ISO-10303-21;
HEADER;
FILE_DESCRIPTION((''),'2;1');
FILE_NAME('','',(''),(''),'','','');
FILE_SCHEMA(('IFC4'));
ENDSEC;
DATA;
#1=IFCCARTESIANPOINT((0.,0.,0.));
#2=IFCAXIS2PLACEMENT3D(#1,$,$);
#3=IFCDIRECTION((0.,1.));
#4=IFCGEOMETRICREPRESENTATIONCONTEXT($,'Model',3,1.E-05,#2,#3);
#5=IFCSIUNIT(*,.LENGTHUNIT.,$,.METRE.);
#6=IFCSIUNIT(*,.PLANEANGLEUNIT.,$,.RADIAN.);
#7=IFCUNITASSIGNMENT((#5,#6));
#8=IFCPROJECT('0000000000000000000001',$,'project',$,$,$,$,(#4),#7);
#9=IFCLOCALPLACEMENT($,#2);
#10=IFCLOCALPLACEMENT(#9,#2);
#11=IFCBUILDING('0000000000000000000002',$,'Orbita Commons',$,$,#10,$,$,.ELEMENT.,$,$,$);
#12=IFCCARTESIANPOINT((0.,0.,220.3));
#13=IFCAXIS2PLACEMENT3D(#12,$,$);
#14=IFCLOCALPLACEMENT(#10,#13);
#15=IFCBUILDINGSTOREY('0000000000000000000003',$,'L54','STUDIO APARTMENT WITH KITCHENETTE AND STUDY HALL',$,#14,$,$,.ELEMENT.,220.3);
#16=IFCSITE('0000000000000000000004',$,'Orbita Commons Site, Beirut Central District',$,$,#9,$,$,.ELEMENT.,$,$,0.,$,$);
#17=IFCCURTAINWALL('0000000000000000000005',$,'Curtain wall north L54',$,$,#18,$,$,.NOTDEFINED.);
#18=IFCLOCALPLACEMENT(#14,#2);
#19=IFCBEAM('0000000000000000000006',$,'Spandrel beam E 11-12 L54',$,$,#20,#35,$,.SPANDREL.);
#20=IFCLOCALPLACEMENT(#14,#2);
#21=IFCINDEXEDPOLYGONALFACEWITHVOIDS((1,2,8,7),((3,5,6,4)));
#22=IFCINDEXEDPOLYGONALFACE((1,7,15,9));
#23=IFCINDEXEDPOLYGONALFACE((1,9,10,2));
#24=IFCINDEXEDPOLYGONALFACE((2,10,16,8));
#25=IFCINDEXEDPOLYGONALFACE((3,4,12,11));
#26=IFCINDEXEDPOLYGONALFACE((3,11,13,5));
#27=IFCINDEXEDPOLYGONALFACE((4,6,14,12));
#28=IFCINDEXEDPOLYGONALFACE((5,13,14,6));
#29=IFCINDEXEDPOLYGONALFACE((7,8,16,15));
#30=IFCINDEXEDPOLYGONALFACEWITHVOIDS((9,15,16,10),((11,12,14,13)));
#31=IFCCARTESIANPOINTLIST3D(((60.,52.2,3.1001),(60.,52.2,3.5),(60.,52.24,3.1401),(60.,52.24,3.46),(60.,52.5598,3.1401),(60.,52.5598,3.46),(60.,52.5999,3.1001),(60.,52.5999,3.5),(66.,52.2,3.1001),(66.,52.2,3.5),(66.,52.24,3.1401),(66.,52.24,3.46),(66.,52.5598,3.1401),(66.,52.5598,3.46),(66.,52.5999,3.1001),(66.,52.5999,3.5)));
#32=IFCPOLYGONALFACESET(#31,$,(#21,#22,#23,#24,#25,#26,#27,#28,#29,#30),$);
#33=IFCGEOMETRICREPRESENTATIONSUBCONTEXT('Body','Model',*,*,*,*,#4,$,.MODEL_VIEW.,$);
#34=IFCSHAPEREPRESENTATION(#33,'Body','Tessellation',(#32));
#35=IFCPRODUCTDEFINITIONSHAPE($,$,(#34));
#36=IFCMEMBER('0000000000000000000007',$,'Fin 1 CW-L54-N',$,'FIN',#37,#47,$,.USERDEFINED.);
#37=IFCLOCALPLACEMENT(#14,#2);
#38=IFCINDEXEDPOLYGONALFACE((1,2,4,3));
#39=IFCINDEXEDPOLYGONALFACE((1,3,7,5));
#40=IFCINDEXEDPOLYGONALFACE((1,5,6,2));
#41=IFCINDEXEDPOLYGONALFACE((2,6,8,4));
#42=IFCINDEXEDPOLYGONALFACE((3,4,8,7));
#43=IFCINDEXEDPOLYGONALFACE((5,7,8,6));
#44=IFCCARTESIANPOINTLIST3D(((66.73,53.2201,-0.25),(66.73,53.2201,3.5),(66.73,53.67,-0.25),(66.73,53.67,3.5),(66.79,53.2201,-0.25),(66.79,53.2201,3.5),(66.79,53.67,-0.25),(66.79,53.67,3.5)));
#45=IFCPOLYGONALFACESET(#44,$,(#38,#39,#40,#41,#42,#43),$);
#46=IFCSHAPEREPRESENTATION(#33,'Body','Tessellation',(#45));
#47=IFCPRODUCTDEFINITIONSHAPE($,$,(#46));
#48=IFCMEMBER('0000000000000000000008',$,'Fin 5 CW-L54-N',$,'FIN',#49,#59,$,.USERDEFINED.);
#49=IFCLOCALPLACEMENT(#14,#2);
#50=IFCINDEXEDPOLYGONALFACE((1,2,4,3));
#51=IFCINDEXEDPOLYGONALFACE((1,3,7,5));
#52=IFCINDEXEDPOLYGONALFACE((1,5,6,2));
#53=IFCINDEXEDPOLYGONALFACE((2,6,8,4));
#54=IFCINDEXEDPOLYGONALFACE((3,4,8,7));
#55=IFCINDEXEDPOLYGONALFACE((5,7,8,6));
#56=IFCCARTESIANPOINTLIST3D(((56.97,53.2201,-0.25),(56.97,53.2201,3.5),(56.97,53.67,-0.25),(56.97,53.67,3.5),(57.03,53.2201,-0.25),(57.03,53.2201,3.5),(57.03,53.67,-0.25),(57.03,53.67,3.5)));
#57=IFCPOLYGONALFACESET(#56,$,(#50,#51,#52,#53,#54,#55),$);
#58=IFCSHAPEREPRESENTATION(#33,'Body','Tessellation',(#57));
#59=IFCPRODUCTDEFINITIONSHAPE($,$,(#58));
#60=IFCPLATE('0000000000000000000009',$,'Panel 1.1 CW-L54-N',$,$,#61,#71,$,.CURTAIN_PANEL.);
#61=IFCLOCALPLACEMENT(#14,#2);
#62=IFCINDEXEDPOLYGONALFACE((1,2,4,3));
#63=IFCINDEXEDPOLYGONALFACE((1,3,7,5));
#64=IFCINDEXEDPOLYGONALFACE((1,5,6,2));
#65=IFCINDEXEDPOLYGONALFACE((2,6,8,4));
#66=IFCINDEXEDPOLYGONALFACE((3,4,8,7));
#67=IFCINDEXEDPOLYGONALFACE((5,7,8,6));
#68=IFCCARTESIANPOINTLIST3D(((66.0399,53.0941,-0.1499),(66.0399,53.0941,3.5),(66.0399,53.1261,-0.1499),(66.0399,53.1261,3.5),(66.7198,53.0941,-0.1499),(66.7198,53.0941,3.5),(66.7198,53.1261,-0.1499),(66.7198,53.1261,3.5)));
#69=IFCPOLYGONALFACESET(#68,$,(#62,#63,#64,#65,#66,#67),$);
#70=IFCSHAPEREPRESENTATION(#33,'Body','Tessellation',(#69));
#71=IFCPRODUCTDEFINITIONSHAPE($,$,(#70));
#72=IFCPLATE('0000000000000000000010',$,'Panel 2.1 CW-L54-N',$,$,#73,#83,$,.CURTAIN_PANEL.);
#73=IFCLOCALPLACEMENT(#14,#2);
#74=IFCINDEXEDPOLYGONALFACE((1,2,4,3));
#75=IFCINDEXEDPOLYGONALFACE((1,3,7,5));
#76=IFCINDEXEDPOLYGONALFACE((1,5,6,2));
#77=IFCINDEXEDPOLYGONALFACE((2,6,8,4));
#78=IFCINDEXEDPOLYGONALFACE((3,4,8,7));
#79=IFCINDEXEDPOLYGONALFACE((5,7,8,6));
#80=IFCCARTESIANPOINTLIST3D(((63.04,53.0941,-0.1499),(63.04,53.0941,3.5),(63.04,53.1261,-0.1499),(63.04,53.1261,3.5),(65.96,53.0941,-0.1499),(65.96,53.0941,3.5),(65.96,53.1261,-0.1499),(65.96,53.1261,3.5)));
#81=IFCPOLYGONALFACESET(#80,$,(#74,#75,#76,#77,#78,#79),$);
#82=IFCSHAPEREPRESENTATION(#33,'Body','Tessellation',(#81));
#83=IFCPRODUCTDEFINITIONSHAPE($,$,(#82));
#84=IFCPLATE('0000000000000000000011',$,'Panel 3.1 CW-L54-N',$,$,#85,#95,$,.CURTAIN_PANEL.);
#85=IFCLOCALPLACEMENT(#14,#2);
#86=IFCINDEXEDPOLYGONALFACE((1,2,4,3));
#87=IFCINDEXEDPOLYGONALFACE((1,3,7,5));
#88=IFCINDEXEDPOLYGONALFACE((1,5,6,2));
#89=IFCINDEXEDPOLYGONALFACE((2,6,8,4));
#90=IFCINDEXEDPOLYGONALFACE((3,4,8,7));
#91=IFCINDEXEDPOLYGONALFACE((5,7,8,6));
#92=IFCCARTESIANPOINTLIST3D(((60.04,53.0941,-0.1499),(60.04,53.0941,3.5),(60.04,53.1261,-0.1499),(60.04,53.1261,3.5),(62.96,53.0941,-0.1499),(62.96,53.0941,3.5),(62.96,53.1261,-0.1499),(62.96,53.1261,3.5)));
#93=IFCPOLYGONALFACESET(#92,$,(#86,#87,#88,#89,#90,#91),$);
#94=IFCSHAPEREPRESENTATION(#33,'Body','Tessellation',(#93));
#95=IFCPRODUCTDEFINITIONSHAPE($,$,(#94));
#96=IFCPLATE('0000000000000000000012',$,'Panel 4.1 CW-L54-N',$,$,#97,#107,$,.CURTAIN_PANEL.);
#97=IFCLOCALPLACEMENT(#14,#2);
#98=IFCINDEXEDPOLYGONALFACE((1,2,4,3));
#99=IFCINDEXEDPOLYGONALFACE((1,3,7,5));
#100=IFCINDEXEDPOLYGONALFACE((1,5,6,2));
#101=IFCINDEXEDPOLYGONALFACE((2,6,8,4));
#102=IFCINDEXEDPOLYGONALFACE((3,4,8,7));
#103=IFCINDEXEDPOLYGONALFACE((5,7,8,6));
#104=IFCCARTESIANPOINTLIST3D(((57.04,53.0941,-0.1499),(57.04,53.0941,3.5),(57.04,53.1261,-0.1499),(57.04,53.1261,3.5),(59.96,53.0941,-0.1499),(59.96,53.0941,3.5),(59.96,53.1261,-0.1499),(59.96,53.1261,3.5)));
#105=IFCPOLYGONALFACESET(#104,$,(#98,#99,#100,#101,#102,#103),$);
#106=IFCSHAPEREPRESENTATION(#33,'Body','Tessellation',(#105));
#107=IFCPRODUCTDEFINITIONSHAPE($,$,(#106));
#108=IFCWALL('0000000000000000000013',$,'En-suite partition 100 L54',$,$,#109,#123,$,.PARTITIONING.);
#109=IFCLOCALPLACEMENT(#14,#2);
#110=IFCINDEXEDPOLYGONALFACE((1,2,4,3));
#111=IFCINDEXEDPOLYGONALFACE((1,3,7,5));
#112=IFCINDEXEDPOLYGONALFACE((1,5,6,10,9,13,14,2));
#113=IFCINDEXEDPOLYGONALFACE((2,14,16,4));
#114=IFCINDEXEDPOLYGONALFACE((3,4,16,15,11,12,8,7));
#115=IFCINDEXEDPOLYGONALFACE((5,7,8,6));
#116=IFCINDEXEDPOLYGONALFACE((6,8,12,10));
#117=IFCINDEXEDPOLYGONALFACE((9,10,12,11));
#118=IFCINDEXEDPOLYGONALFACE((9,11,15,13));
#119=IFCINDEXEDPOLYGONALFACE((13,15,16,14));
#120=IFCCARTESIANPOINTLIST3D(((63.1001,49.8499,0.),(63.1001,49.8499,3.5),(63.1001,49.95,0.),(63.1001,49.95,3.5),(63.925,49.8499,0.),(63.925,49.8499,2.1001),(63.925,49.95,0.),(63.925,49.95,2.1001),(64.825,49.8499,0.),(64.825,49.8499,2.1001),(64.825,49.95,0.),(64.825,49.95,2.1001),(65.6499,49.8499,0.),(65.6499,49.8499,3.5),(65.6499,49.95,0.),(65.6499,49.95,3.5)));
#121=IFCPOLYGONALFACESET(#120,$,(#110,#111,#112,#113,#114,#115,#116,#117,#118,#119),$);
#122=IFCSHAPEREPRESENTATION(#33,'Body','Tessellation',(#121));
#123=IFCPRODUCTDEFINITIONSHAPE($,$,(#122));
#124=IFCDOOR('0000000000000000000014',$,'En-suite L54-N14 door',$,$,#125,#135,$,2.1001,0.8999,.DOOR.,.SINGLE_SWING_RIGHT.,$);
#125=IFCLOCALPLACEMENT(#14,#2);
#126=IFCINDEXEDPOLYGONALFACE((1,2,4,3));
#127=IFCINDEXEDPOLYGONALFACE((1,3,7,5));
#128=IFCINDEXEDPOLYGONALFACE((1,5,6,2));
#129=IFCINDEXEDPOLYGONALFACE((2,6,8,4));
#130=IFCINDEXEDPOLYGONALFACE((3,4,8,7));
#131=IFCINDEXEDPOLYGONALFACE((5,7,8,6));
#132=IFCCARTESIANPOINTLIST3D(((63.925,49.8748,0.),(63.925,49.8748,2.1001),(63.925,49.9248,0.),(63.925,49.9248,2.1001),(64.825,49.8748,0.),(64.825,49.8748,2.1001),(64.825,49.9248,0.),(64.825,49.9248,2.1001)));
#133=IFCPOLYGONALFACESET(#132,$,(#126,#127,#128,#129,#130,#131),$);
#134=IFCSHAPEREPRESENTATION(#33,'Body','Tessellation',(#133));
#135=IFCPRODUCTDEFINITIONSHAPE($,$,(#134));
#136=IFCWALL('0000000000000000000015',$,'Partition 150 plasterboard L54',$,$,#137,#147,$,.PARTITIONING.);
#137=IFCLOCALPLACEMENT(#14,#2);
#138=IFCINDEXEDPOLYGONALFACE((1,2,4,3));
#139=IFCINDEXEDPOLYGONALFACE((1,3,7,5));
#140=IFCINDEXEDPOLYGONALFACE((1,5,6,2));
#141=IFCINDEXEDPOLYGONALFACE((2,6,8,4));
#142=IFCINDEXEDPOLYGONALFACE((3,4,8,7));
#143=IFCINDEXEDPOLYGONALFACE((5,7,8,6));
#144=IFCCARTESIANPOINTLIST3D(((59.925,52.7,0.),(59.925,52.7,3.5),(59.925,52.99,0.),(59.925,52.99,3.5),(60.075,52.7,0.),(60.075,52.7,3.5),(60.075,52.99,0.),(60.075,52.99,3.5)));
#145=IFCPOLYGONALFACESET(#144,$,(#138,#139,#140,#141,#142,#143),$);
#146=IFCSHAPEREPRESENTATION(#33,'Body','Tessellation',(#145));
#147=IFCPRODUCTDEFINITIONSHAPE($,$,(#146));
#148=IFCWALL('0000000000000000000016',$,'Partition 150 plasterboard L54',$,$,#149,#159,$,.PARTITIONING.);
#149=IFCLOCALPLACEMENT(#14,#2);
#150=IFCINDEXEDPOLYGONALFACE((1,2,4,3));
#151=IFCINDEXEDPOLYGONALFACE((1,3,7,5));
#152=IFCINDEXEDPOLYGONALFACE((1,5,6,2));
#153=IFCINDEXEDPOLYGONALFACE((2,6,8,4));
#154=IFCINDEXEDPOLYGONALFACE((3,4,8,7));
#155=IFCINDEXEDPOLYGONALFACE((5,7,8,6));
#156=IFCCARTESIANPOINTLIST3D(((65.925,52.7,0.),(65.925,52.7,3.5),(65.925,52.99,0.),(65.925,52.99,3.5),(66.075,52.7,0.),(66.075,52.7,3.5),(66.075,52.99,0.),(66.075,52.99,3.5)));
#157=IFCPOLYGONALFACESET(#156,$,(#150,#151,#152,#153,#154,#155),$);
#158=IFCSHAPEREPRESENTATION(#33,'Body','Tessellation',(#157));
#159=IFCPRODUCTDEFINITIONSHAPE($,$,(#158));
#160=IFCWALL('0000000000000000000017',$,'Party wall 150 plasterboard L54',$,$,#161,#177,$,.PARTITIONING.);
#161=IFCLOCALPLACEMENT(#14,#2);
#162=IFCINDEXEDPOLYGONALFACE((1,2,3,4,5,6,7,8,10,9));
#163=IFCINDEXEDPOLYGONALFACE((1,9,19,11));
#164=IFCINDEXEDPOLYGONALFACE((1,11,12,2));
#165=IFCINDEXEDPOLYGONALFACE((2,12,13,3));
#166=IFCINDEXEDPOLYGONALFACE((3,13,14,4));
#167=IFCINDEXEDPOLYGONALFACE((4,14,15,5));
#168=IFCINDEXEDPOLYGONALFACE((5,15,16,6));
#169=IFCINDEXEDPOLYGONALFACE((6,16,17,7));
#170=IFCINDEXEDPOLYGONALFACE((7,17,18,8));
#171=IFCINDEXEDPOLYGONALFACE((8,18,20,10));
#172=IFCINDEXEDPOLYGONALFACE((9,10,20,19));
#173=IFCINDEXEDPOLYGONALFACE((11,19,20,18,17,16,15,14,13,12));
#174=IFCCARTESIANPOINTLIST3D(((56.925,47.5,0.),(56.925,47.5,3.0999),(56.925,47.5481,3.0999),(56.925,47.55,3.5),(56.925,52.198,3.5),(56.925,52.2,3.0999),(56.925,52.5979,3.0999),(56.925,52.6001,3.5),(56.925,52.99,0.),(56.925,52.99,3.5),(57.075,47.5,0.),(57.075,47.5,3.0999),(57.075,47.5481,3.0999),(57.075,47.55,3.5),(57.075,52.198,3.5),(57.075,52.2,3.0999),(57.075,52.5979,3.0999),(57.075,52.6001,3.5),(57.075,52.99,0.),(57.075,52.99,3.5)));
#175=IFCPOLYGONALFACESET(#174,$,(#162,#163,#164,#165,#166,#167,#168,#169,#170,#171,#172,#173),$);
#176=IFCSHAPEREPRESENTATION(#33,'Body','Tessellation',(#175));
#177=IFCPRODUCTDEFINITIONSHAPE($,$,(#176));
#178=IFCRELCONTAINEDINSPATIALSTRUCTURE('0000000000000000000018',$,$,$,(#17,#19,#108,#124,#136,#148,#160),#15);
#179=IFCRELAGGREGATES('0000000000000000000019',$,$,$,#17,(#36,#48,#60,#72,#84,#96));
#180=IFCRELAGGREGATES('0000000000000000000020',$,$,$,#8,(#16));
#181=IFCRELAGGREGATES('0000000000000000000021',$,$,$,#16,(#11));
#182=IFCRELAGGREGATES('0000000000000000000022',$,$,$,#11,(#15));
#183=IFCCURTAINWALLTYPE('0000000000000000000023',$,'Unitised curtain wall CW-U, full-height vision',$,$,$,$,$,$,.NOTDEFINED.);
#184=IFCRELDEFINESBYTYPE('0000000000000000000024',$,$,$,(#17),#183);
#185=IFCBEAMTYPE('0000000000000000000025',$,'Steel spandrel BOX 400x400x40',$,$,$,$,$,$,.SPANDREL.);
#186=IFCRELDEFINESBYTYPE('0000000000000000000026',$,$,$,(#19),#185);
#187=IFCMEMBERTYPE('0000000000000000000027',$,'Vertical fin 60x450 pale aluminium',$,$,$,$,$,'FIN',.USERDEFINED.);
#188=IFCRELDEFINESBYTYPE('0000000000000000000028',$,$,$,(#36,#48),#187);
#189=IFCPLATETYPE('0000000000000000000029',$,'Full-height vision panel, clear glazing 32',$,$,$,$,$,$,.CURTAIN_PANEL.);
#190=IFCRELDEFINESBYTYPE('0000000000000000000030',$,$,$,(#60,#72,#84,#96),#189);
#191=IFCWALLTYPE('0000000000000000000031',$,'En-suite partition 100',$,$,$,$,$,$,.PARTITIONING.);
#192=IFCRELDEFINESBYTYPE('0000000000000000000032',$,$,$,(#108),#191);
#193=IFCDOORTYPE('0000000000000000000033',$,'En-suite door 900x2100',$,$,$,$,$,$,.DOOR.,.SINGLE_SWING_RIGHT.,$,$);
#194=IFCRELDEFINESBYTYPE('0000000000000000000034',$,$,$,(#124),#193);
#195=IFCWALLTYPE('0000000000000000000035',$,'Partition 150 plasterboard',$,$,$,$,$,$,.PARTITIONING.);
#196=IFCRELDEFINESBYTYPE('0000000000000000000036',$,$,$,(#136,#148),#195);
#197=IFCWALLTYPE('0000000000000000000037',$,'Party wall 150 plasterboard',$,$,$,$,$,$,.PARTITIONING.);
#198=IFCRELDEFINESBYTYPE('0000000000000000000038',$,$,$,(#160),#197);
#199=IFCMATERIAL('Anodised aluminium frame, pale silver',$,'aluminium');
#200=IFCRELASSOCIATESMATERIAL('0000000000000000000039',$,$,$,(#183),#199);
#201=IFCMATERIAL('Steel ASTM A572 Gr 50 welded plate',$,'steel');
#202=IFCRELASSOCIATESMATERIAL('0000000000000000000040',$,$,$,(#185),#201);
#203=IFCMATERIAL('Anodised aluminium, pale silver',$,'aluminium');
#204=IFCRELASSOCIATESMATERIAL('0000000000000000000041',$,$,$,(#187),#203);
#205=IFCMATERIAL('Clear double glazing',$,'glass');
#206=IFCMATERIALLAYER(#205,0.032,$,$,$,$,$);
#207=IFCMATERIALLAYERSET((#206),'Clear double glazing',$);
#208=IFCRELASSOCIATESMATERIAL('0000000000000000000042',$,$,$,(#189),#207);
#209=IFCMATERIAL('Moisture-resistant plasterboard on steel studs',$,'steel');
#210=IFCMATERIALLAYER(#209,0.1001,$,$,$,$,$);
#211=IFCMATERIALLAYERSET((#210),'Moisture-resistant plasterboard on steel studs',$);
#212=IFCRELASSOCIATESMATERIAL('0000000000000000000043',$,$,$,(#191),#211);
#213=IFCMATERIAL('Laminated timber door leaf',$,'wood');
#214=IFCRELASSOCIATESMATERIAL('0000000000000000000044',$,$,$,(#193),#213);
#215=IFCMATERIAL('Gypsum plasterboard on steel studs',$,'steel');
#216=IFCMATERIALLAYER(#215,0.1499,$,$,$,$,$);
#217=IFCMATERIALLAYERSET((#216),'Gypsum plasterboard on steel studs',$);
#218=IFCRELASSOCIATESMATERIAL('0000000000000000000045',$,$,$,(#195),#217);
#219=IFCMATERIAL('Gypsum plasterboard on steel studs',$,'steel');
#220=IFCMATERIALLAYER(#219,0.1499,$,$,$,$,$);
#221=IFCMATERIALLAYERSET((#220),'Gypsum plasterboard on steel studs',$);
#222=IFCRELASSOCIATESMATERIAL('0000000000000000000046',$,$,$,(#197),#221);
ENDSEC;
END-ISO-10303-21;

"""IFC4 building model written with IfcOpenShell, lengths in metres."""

from ifc_helpers import new_model, si_unit, direction, frame, frame_2d, origin, origin_2d, place, context, subcontext, project, spatial, polyline, rectangle, hollow_rectangle, outline, extrude, material, layer, layer_set, material_profile, profile_set, type_object, element, fill, aggregate, save


model = new_model("IFC4")

# Units and contexts
model_context = context("Model", 3, precision=1e-05, world=origin(), true_north=direction((0.0, 1.0)))
body_context = subcontext(model_context, "Body", "Model", "MODEL_VIEW")
ifc_project = project(units=[si_unit("LENGTHUNIT", "METRE"), si_unit("PLANEANGLEUNIT", "RADIAN")], contexts=[model_context])

# Site, building, storey
site_placement = place(None, origin())
site = spatial("IfcSite", under=ifc_project, at=site_placement, Name="Orbita Commons Site, Beirut Central District", CompositionType="ELEMENT", RefElevation=0.0)
building_placement = place(site_placement, origin())
building = spatial("IfcBuilding", under=site, at=building_placement, Name="Orbita Commons", CompositionType="ELEMENT")
storey_placement = place(building_placement, frame((0.0, 0.0, 220.3)))
storey = spatial("IfcBuildingStorey", under=building, at=storey_placement, Name="L54", Description="STUDIO APARTMENT WITH KITCHENETTE AND STUDY HALL", CompositionType="ELEMENT", Elevation=220.3)

# Curtain wall
ifc_material_1 = material(Name="Anodised aluminium frame, pale silver", Category="aluminium")
curtain_wall_type = type_object("IfcCurtainWallType", Name="Unitised curtain wall CW-U, full-height vision", PredefinedType="NOTDEFINED", material=ifc_material_1)
curtain_wall_placement = place(storey_placement, origin())
curtain_wall = element("IfcCurtainWall", 1, at=curtain_wall_placement, inside=storey, type_object=curtain_wall_type, Name="Curtain wall north L54", PredefinedType="NOTDEFINED")

# Beam
ifc_material_2 = material(Name="Steel ASTM A572 Gr 50 welded plate", Category="steel")
ifc_material_profile_1 = material_profile(ifc_material_2, hollow_rectangle(XDim=0.3999, YDim=0.3999, WallThickness=0.04, at=origin_2d()), Name="BOX 400x400x40")
ifc_profile_set_1 = profile_set([ifc_material_profile_1], Name="Steel ASTM A572 Gr 50 welded plate")
beam_type = type_object("IfcBeamType", Name="Steel spandrel BOX 400x400x40", PredefinedType="SPANDREL", material=ifc_profile_set_1)
beam_placement = place(storey_placement, frame((60.0, 52.3999, 3.3), z_axis=(1.0, 0.0, 0.0), x_axis=(0.0, 1.0, 0.0)))
element("IfcBeam", 2, at=beam_placement, inside=storey, type_object=beam_type, Name="Spandrel beam E 11-12 L54", PredefinedType="SPANDREL", context=body_context, shape_type="SweptSolid", body=[
    extrude(hollow_rectangle(XDim=0.3999, YDim=0.3999, WallThickness=0.04, at=origin_2d()), origin(), (0.0, 0.0, 1.0), 6.0),
])

# Members
ifc_material_3 = material(Name="Anodised aluminium, pale silver", Category="aluminium")
ifc_material_profile_2 = material_profile(ifc_material_3, rectangle(XDim=0.0601, YDim=0.45, at=origin_2d()), Name="FIN 60x450")
ifc_profile_set_2 = profile_set([ifc_material_profile_2], Name="Anodised aluminium, pale silver")
member_type_1 = type_object("IfcMemberType", Name="Vertical fin 60x450 pale aluminium", ElementType="FIN", PredefinedType="USERDEFINED", material=ifc_profile_set_2)
member_1_placement = place(storey_placement, frame((66.76, 53.4451, -0.25), z_axis=(0.0, 0.0, 1.0), x_axis=(-1.0, 0.0, 0.0)))
member_1 = element("IfcMember", 3, at=member_1_placement, type_object=member_type_1, Name="Fin 1 CW-L54-N", ObjectType="FIN", PredefinedType="USERDEFINED", context=body_context, shape_type="SweptSolid", body=[
    extrude(rectangle(XDim=0.0601, YDim=0.45, at=origin_2d()), origin(), (0.0, 0.0, 1.0), 3.75),
])
member_2_placement = place(storey_placement, frame((57.0, 53.4451, -0.25), z_axis=(0.0, 0.0, 1.0), x_axis=(-1.0, 0.0, 0.0)))
member_2 = element("IfcMember", 4, at=member_2_placement, type_object=member_type_1, Name="Fin 5 CW-L54-N", ObjectType="FIN", PredefinedType="USERDEFINED", context=body_context, shape_type="SweptSolid", body=[
    extrude(rectangle(XDim=0.0601, YDim=0.45, at=origin_2d()), origin(), (0.0, 0.0, 1.0), 3.75),
])

# Plates
ifc_material_4 = material(Name="Clear double glazing", Category="glass")
ifc_layer_1 = layer(ifc_material_4, 0.032)
ifc_layer_set_1 = layer_set([ifc_layer_1], Name="Clear double glazing")
plate_type = type_object("IfcPlateType", Name="Full-height vision panel, clear glazing 32", PredefinedType="CURTAIN_PANEL", material=ifc_layer_set_1)
plate_1_placement = place(storey_placement, frame((66.3799, 53.1101, -0.1499), z_axis=(0.0, 0.0, 1.0), x_axis=(-1.0, 0.0, 0.0)))
plate_1 = element("IfcPlate", 5, at=plate_1_placement, type_object=plate_type, Name="Panel 1.1 CW-L54-N", PredefinedType="CURTAIN_PANEL", context=body_context, shape_type="SweptSolid", body=[
    extrude(rectangle(XDim=0.6799, YDim=0.032, at=origin_2d()), origin(), (0.0, 0.0, 1.0), 3.6499),
])
plate_2_placement = place(storey_placement, frame((64.5, 53.1101, -0.1499), z_axis=(0.0, 0.0, 1.0), x_axis=(-1.0, 0.0, 0.0)))
plate_2 = element("IfcPlate", 6, at=plate_2_placement, type_object=plate_type, Name="Panel 2.1 CW-L54-N", PredefinedType="CURTAIN_PANEL", context=body_context, shape_type="SweptSolid", body=[
    extrude(rectangle(XDim=2.9199, YDim=0.032, at=origin_2d()), origin(), (0.0, 0.0, 1.0), 3.6499),
])
plate_3_placement = place(storey_placement, frame((61.5, 53.1101, -0.1499), z_axis=(0.0, 0.0, 1.0), x_axis=(-1.0, 0.0, 0.0)))
plate_3 = element("IfcPlate", 7, at=plate_3_placement, type_object=plate_type, Name="Panel 3.1 CW-L54-N", PredefinedType="CURTAIN_PANEL", context=body_context, shape_type="SweptSolid", body=[
    extrude(rectangle(XDim=2.9199, YDim=0.032, at=origin_2d()), origin(), (0.0, 0.0, 1.0), 3.6499),
])
plate_4_placement = place(storey_placement, frame((58.5, 53.1101, -0.1499), z_axis=(0.0, 0.0, 1.0), x_axis=(-1.0, 0.0, 0.0)))
plate_4 = element("IfcPlate", 8, at=plate_4_placement, type_object=plate_type, Name="Panel 4.1 CW-L54-N", PredefinedType="CURTAIN_PANEL", context=body_context, shape_type="SweptSolid", body=[
    extrude(rectangle(XDim=2.9199, YDim=0.032, at=origin_2d()), origin(), (0.0, 0.0, 1.0), 3.6499),
])
aggregate(curtain_wall, [member_1, member_2, plate_1, plate_2, plate_3, plate_4])

# Wall, opening, door
ifc_material_5 = material(Name="Moisture-resistant plasterboard on steel studs", Category="steel")
ifc_layer_2 = layer(ifc_material_5, 0.1001)
ifc_layer_set_2 = layer_set([ifc_layer_2], Name="Moisture-resistant plasterboard on steel studs")
wall_type_1 = type_object("IfcWallType", Name="En-suite partition 100", PredefinedType="PARTITIONING", material=ifc_layer_set_2)
wall_1_placement = place(storey_placement, frame((63.1001, 49.8999, 0.0), z_axis=(0.0, 0.0, 1.0), x_axis=(1.0, 0.0, 0.0)))
wall_1 = element("IfcWall", 9, at=wall_1_placement, inside=storey, type_object=wall_type_1, Name="En-suite partition 100 L54", PredefinedType="PARTITIONING", context=body_context, shape_type="SweptSolid", body=[
    extrude(rectangle(XDim=2.5498, YDim=0.1001, at=frame_2d((1.2749, 0.0))), origin(), (0.0, 0.0, 1.0), 3.5),
])
opening_1_placement = place(wall_1_placement, frame((0.825, 0.0, 0.0)))
opening_1 = element("IfcOpeningElement", 10, at=opening_1_placement, cuts=wall_1, PredefinedType="OPENING", context=body_context, shape_type="SweptSolid", body=[
    extrude(rectangle(XDim=0.8999, YDim=2.1001, at=frame_2d((0.45, 1.05))), frame((0.0, 0.0601, 0.0), z_axis=(0.0, -1.0, 0.0), x_axis=(1.0, 0.0, 0.0)), (0.0, 0.0, 1.0), 0.1201),
])
ifc_material_6 = material(Name="Laminated timber door leaf", Category="wood")
door_type = type_object("IfcDoorType", Name="En-suite door 900x2100", OperationType="SINGLE_SWING_RIGHT", PredefinedType="DOOR", material=ifc_material_6)
door_placement = place(opening_1_placement, origin())
door = element("IfcDoor", 11, at=door_placement, inside=storey, type_object=door_type, Name="En-suite L54-N14 door", OperationType="SINGLE_SWING_RIGHT", OverallHeight=2.1001, OverallWidth=0.8999, PredefinedType="DOOR", context=body_context, shape_type="SweptSolid", body=[
    extrude(rectangle(XDim=0.8999, YDim=2.1001, at=frame_2d((0.45, 1.05))), frame((0.0, 0.0249, 0.0), z_axis=(0.0, -1.0, 0.0), x_axis=(1.0, 0.0, 0.0)), (0.0, 0.0, 1.0), 0.05),
])
fill(opening_1, door)

# Walls
ifc_material_7 = material(Name="Gypsum plasterboard on steel studs", Category="steel")
ifc_layer_3 = layer(ifc_material_7, 0.1499)
ifc_layer_set_3 = layer_set([ifc_layer_3], Name="Gypsum plasterboard on steel studs")
wall_type_2 = type_object("IfcWallType", Name="Partition 150 plasterboard", PredefinedType="PARTITIONING", material=ifc_layer_set_3)
for number, where, z_axis, x_axis, name in (
    (12, (60.0, 52.7, 0.0), (0.0, 0.0, 1.0), (0.0, 1.0, 0.0), "Partition 150 plasterboard L54"),
    (13, (66.0, 52.7, 0.0), (0.0, 0.0, 1.0), (0.0, 1.0, 0.0), "Partition 150 plasterboard L54"),
):
    element("IfcWall", number, at=place(storey_placement, frame(where, z_axis=z_axis, x_axis=x_axis)), inside=storey, type_object=wall_type_2, Name=name, PredefinedType="PARTITIONING", context=body_context, shape_type="SweptSolid", body=[
        extrude(rectangle(XDim=0.29, YDim=0.1499, at=frame_2d((0.145, 0.0))), origin(), (0.0, 0.0, 1.0), 3.5),
    ])
ifc_material_8 = material(Name="Gypsum plasterboard on steel studs", Category="steel")
ifc_layer_4 = layer(ifc_material_8, 0.1499)
ifc_layer_set_4 = layer_set([ifc_layer_4], Name="Gypsum plasterboard on steel studs")
wall_type_3 = type_object("IfcWallType", Name="Party wall 150 plasterboard", PredefinedType="PARTITIONING", material=ifc_layer_set_4)
wall_2_placement = place(storey_placement, frame((57.0, 52.99, 0.0), z_axis=(0.0, 0.0, 1.0), x_axis=(0.0, -1.0, 0.0)))
element("IfcWall", 14, at=wall_2_placement, inside=storey, type_object=wall_type_3, Name="Party wall 150 plasterboard L54", PredefinedType="PARTITIONING", context=body_context, shape_type="SweptSolid", body=[
    extrude(outline(polyline([(0.0, 0.0), (5.49, 0.0), (5.49, 3.0999), (5.4419, 3.0999), (5.4399, 3.5), (0.792, 3.5), (0.79, 3.0999), (0.3921, 3.0999), (0.3899, 3.5), (0.0, 3.5), (0.0, 0.0)])), frame((0.0, 0.075, 0.0), z_axis=(0.0, -1.0, 0.0), x_axis=(1.0, 0.0, 0.0)), (0.0, 0.0, 1.0), 0.1499),
])

save(model, "model.ifc")
